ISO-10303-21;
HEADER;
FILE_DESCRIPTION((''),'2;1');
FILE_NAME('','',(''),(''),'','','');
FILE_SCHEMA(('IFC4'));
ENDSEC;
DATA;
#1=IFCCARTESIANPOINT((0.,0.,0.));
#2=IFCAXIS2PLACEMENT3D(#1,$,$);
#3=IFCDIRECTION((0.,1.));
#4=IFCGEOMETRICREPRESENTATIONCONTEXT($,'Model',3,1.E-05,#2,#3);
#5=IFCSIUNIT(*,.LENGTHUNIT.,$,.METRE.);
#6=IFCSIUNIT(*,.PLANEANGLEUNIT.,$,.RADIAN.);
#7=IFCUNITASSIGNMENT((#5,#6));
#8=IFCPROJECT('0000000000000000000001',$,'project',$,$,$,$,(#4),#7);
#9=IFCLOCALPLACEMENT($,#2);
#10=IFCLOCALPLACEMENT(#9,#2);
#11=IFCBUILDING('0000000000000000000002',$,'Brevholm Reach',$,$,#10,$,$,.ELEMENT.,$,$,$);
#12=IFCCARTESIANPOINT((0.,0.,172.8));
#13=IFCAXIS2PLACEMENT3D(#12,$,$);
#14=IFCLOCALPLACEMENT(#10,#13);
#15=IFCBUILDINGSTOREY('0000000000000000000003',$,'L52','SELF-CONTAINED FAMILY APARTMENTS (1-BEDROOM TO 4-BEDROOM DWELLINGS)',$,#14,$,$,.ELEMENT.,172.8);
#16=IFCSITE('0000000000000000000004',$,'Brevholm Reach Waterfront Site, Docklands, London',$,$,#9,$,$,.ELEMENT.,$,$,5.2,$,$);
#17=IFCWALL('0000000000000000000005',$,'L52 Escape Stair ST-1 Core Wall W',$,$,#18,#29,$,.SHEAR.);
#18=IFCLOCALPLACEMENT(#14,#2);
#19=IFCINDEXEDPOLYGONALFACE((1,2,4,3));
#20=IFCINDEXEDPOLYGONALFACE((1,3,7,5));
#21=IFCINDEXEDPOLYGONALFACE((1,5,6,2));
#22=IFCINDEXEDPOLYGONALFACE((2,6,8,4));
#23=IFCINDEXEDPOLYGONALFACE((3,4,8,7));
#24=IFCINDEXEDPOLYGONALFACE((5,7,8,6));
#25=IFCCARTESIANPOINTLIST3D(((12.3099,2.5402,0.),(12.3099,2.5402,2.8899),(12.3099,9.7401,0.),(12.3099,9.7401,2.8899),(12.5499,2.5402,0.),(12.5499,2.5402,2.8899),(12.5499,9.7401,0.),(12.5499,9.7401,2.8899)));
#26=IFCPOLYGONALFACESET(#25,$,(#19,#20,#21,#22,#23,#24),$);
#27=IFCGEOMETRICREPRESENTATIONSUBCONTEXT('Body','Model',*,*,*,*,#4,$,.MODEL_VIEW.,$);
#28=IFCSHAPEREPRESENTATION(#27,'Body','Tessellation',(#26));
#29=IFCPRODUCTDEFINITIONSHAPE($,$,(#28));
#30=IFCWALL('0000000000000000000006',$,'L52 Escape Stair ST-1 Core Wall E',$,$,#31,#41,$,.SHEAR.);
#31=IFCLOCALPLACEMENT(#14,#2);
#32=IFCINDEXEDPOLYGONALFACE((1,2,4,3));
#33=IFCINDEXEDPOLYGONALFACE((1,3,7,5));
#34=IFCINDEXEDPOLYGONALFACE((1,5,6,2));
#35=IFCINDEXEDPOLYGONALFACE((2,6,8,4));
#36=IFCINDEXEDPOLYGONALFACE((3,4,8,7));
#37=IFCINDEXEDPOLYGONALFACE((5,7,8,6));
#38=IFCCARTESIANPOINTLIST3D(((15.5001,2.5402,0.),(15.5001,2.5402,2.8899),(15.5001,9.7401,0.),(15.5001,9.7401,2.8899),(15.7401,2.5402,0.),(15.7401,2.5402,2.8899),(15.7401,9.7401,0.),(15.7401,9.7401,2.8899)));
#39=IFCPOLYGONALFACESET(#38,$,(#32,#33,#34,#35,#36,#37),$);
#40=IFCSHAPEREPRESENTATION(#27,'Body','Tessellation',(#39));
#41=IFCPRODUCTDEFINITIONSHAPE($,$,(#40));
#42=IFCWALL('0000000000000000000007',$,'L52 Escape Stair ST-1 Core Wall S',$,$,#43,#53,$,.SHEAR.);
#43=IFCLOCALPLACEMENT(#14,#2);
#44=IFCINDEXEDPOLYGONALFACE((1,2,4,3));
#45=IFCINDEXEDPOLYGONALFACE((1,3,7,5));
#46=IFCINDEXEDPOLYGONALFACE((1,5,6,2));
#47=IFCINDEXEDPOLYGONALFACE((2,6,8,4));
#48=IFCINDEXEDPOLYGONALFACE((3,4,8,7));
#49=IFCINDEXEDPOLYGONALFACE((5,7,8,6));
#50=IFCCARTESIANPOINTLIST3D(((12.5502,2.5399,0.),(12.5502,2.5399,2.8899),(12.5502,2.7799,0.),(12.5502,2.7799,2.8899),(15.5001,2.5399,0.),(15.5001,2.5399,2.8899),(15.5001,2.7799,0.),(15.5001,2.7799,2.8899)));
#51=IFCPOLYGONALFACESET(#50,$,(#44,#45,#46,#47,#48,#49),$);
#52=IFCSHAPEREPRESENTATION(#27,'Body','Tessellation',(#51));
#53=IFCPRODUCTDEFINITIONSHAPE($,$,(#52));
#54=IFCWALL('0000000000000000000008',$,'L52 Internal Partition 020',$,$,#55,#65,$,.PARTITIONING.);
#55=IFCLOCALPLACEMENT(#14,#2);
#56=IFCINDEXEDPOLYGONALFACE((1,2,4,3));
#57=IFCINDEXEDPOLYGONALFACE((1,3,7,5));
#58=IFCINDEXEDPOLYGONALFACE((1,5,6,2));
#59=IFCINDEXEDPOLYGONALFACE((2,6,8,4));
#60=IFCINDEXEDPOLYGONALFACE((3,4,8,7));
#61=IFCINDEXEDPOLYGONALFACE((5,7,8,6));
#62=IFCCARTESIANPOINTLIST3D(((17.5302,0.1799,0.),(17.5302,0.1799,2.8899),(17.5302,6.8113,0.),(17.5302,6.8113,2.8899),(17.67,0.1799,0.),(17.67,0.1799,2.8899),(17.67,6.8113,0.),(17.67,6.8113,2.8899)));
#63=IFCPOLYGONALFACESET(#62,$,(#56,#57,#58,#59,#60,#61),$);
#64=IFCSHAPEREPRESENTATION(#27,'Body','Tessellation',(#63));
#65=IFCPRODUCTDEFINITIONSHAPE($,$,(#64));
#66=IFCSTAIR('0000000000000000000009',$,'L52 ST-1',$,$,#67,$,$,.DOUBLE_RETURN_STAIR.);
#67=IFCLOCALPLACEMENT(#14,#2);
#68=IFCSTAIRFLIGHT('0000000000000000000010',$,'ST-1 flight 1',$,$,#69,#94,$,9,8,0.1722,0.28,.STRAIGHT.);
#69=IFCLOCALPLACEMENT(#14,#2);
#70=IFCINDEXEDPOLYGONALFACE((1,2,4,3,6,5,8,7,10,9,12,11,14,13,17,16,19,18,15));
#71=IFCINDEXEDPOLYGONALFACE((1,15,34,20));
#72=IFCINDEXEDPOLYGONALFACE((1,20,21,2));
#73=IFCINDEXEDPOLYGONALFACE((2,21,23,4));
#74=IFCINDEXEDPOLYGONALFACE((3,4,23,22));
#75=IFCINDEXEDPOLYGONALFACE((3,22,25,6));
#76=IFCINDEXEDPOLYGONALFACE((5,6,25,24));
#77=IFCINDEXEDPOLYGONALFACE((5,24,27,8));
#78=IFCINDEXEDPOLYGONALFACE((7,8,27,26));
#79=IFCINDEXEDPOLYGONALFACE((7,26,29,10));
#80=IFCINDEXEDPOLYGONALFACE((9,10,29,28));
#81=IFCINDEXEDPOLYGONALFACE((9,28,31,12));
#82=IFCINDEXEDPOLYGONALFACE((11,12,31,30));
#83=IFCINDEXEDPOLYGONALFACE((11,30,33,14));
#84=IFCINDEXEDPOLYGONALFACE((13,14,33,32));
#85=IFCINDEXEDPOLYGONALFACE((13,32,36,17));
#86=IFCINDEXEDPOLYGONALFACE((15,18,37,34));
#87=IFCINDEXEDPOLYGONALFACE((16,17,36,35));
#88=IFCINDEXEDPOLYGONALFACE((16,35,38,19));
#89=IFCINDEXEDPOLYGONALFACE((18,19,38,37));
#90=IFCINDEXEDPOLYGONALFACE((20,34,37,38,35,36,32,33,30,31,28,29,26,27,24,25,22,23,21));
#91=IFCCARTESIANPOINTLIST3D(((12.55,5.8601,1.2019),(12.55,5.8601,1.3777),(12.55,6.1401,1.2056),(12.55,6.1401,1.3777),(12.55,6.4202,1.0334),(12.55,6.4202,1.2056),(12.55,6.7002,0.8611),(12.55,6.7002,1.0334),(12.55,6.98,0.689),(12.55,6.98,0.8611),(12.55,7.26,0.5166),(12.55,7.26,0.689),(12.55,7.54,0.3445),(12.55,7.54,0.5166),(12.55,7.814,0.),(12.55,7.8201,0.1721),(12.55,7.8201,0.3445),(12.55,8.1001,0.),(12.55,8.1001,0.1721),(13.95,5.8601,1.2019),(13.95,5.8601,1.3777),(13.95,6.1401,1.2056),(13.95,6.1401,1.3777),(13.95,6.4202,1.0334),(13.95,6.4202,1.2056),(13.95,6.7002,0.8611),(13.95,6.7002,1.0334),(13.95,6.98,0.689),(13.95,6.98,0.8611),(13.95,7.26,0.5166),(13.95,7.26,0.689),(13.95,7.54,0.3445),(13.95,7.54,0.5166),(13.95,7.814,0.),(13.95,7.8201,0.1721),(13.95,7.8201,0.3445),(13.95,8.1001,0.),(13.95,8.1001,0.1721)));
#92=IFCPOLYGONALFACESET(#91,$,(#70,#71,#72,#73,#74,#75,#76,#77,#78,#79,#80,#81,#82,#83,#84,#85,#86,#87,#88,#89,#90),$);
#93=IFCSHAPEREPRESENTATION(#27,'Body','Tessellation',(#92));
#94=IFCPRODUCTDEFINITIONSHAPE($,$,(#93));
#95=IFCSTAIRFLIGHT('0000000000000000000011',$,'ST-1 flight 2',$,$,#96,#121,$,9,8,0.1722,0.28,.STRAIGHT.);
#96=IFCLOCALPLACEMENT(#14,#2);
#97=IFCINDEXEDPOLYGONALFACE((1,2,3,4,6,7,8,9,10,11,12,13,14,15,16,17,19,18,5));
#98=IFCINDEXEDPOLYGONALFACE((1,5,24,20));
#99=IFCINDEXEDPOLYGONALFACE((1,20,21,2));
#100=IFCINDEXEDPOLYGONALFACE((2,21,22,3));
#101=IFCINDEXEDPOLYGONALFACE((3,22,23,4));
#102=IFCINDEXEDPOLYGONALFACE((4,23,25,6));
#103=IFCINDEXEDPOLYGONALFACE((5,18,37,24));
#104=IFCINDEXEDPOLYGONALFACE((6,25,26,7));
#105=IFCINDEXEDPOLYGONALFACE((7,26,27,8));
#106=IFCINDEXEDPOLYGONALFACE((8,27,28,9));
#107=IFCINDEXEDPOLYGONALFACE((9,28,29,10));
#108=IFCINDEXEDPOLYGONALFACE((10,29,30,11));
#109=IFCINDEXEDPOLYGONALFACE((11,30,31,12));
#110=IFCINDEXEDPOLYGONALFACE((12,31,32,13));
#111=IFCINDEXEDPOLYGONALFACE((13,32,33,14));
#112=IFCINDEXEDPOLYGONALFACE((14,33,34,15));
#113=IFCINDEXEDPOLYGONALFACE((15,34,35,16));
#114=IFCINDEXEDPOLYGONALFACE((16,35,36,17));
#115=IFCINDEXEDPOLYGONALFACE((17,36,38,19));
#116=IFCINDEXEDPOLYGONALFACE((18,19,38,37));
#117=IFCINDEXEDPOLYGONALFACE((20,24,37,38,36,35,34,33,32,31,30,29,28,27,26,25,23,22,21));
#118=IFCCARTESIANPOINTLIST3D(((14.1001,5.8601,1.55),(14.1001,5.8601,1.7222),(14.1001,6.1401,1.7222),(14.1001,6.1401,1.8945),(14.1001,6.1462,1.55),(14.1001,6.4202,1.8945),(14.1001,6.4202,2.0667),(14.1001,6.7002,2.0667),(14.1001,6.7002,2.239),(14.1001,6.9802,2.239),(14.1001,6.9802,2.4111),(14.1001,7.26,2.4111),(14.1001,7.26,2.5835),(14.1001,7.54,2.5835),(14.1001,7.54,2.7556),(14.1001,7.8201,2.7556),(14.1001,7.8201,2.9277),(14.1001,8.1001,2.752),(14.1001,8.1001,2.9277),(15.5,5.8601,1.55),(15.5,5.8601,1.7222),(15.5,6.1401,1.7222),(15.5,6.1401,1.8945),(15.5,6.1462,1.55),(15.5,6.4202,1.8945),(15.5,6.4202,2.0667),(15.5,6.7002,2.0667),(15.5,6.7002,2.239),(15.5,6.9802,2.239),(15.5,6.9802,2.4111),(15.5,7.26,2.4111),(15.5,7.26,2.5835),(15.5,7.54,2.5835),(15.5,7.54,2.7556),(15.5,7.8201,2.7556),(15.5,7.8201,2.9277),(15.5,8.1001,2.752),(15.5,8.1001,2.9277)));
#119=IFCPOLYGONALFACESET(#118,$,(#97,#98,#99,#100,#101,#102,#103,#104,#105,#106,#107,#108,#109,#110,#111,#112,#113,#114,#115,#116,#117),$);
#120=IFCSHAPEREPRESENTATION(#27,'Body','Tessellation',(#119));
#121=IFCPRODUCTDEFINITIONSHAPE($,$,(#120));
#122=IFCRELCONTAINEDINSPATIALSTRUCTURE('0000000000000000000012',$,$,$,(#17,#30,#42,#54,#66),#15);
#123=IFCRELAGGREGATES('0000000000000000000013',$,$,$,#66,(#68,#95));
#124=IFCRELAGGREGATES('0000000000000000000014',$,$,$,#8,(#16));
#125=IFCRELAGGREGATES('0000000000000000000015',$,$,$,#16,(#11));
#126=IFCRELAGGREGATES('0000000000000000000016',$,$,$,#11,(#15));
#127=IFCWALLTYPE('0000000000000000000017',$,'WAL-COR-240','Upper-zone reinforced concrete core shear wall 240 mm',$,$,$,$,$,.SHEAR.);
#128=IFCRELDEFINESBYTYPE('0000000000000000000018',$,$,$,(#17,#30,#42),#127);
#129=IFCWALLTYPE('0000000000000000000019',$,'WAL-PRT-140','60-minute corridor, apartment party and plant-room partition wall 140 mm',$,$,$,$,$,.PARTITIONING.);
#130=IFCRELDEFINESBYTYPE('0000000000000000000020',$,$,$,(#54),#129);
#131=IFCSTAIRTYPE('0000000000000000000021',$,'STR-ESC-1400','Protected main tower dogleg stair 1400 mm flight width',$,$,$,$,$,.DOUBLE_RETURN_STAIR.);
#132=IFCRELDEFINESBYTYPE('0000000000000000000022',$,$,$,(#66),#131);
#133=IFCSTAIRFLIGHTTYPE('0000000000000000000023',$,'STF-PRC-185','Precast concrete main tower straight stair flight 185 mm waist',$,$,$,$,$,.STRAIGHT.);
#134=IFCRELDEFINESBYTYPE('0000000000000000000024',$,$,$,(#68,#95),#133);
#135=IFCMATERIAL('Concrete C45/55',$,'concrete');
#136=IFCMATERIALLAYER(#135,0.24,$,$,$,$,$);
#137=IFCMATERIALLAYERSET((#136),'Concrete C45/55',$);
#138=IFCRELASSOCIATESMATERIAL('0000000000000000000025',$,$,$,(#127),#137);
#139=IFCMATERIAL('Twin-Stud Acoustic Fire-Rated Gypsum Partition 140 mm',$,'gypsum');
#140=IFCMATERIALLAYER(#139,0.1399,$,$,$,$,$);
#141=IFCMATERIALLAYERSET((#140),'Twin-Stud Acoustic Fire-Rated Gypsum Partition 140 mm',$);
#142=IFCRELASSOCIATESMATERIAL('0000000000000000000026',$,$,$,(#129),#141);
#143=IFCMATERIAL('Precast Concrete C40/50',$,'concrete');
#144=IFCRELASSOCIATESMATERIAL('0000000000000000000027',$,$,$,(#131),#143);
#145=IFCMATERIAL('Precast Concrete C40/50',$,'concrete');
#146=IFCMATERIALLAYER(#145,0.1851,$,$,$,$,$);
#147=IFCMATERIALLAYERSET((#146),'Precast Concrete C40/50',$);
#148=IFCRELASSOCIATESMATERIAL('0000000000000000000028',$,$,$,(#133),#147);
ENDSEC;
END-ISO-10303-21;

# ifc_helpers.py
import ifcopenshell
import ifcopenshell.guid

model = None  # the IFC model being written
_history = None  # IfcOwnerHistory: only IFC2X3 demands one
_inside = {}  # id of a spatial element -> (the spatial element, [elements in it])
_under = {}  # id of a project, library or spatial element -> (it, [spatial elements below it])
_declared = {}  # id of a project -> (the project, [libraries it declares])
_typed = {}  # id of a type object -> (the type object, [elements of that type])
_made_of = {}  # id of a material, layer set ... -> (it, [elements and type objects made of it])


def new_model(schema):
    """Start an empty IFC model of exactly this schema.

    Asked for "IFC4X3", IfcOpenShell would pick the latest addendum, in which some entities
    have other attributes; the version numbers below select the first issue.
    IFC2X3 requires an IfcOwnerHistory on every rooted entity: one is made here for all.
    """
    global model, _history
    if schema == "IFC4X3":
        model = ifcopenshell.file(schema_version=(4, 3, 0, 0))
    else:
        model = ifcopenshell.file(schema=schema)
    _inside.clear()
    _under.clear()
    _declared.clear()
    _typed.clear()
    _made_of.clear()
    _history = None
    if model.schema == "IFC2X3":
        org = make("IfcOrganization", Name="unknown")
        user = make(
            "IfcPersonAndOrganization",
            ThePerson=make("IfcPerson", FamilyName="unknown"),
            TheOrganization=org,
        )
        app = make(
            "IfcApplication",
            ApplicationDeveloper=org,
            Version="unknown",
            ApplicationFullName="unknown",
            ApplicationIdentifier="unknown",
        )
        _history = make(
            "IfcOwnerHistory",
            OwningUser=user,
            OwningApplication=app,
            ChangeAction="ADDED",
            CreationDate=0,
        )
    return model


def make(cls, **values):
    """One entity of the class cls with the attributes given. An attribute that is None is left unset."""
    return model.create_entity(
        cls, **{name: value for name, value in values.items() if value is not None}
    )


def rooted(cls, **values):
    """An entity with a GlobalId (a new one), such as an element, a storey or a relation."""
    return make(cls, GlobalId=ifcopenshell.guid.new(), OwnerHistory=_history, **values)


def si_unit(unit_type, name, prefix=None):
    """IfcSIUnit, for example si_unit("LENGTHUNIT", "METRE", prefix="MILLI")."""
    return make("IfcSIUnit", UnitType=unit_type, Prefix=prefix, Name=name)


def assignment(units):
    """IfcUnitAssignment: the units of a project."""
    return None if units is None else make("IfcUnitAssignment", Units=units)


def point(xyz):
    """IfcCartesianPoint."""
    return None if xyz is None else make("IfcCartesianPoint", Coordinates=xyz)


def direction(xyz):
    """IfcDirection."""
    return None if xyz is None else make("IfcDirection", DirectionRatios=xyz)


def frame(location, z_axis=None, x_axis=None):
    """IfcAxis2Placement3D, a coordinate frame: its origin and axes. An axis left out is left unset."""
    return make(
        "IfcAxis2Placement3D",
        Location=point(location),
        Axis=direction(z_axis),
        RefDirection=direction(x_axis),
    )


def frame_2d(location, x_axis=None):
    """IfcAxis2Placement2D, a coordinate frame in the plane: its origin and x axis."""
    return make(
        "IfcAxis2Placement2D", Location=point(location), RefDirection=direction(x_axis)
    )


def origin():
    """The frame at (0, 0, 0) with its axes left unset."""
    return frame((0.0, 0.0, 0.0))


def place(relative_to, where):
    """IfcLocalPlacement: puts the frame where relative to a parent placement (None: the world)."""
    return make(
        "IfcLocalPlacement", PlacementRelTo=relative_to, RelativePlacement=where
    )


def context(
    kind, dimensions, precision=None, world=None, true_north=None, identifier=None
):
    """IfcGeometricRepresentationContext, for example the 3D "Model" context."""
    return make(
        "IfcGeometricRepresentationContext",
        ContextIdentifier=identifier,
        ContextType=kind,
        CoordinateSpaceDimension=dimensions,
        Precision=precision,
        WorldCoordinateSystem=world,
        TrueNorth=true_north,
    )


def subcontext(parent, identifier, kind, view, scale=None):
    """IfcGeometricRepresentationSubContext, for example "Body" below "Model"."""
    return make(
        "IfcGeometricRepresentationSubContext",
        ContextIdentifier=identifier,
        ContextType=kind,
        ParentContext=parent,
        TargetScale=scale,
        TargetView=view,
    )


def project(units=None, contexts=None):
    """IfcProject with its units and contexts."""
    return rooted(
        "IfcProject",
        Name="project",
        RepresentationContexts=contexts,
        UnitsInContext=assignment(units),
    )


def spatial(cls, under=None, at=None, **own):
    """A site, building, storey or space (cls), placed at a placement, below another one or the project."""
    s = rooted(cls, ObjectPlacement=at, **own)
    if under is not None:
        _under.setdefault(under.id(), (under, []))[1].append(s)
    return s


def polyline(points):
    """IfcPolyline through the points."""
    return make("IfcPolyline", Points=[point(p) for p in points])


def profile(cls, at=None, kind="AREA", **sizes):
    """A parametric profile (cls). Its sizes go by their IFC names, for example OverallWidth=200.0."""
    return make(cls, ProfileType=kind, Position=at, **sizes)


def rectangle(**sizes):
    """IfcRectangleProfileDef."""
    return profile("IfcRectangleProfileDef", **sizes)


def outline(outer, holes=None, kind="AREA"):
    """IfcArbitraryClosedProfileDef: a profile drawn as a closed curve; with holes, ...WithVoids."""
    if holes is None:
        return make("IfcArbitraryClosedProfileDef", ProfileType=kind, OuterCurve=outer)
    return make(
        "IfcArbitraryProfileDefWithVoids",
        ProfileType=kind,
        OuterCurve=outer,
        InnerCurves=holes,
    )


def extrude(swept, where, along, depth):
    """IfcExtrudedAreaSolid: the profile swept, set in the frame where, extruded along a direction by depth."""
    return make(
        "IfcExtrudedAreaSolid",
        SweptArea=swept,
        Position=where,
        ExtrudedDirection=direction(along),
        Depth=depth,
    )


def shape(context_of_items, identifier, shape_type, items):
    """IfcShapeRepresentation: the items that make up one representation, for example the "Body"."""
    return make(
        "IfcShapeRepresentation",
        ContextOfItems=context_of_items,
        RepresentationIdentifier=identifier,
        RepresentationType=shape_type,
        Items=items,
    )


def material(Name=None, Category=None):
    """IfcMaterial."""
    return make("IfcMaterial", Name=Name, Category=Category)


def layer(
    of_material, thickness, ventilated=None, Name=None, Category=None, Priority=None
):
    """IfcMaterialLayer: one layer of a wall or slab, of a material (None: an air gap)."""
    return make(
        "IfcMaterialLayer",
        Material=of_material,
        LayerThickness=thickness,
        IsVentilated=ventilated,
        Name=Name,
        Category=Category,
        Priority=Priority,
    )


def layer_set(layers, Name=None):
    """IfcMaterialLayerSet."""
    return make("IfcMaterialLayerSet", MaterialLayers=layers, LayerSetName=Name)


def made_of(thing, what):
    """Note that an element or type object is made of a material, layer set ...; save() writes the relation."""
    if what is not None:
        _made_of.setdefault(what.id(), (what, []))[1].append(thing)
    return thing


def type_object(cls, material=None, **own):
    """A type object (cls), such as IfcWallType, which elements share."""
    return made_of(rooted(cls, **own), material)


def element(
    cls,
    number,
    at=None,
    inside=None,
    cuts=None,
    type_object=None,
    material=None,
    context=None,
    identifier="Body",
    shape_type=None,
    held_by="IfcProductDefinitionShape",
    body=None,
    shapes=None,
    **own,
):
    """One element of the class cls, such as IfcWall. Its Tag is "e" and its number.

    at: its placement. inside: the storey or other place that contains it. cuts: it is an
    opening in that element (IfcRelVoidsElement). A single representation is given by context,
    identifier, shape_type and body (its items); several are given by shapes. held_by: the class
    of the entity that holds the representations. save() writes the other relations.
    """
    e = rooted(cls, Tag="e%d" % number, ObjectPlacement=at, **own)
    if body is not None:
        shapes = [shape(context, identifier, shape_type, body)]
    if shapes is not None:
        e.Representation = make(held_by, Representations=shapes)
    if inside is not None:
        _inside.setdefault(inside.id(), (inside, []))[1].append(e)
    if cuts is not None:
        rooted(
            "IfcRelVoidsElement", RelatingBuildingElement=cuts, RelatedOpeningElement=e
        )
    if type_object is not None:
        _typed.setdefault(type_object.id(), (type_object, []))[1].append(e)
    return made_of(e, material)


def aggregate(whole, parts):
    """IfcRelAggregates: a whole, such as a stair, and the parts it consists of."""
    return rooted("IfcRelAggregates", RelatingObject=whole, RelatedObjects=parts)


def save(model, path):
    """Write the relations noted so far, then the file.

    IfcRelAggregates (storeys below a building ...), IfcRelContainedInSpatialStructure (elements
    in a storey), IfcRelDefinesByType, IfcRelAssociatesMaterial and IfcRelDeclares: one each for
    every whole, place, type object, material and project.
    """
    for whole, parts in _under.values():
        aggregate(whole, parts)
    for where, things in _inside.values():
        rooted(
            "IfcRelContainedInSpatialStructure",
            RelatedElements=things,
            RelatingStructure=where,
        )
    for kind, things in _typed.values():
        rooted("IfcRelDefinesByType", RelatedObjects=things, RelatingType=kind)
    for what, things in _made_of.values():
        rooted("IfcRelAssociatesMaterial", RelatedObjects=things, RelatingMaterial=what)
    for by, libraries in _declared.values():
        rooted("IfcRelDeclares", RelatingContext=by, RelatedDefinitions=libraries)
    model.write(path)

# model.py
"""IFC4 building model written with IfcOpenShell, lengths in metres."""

from ifc_helpers import new_model, si_unit, direction, frame, frame_2d, origin, place, context, subcontext, project, spatial, polyline, rectangle, outline, extrude, material, layer, layer_set, type_object, element, aggregate, save


model = new_model("IFC4")

# Units and contexts
model_context = context("Model", 3, precision=1e-05, world=origin(), true_north=direction((0.0, 1.0)))
body_context = subcontext(model_context, "Body", "Model", "MODEL_VIEW")
ifc_project = project(units=[si_unit("LENGTHUNIT", "METRE"), si_unit("PLANEANGLEUNIT", "RADIAN")], contexts=[model_context])

# Site, building, storey
site_placement = place(None, origin())
site = spatial("IfcSite", under=ifc_project, at=site_placement, Name="Brevholm Reach Waterfront Site, Docklands, London", CompositionType="ELEMENT", RefElevation=5.2)
building_placement = place(site_placement, origin())
building = spatial("IfcBuilding", under=site, at=building_placement, Name="Brevholm Reach", CompositionType="ELEMENT")
storey_placement = place(building_placement, frame((0.0, 0.0, 172.8)))
storey = spatial("IfcBuildingStorey", under=building, at=storey_placement, Name="L52", Description="SELF-CONTAINED FAMILY APARTMENTS (1-BEDROOM TO 4-BEDROOM DWELLINGS)", CompositionType="ELEMENT", Elevation=172.8)

# Walls
ifc_material_1 = material(Name="Concrete C45/55", Category="concrete")
ifc_layer_1 = layer(ifc_material_1, 0.24)
ifc_layer_set_1 = layer_set([ifc_layer_1], Name="Concrete C45/55")
wall_type_1 = type_object("IfcWallType", Name="WAL-COR-240", Description="Upper-zone reinforced concrete core shear wall 240 mm", PredefinedType="SHEAR", material=ifc_layer_set_1)
for number, where, z_axis, x_axis, name in (
    (1, (12.4299, 2.54, 0.0), (0.0, 0.0, 1.0), (0.0, 1.0, 0.0), "L52 Escape Stair ST-1 Core Wall W"),
    (2, (15.6201, 2.54, 0.0), (0.0, 0.0, 1.0), (0.0, 1.0, 0.0), "L52 Escape Stair ST-1 Core Wall E"),
):
    element("IfcWall", number, at=place(storey_placement, frame(where, z_axis=z_axis, x_axis=x_axis)), inside=storey, type_object=wall_type_1, Name=name, PredefinedType="SHEAR", context=body_context, shape_type="SweptSolid", body=[
        extrude(rectangle(XDim=7.2, YDim=0.24, at=frame_2d((3.6001, 0.0))), origin(), (0.0, 0.0, 1.0), 2.8899),
    ])
wall_1_placement = place(storey_placement, frame((12.55, 2.6599, 0.0), z_axis=(0.0, 0.0, 1.0), x_axis=(1.0, 0.0, 0.0)))
element("IfcWall", 3, at=wall_1_placement, inside=storey, type_object=wall_type_1, Name="L52 Escape Stair ST-1 Core Wall S", PredefinedType="SHEAR", context=body_context, shape_type="SweptSolid", body=[
    extrude(rectangle(XDim=2.95, YDim=0.24, at=frame_2d((1.4751, 0.0))), origin(), (0.0, 0.0, 1.0), 2.8899),
])
ifc_material_2 = material(Name="Twin-Stud Acoustic Fire-Rated Gypsum Partition 140 mm", Category="gypsum")
ifc_layer_2 = layer(ifc_material_2, 0.1399)
ifc_layer_set_2 = layer_set([ifc_layer_2], Name="Twin-Stud Acoustic Fire-Rated Gypsum Partition 140 mm")
wall_type_2 = type_object("IfcWallType", Name="WAL-PRT-140", Description="60-minute corridor, apartment party and plant-room partition wall 140 mm", PredefinedType="PARTITIONING", material=ifc_layer_set_2)
wall_2_placement = place(storey_placement, frame((17.6001, 0.1799, 0.0), z_axis=(0.0, 0.0, 1.0), x_axis=(0.0, 1.0, 0.0)))
element("IfcWall", 4, at=wall_2_placement, inside=storey, type_object=wall_type_2, Name="L52 Internal Partition 020", PredefinedType="PARTITIONING", context=body_context, shape_type="SweptSolid", body=[
    extrude(rectangle(XDim=6.6313, YDim=0.1399, at=frame_2d((3.3157, 0.0))), origin(), (0.0, 0.0, 1.0), 2.8899),
])

# Stair, stair flights
ifc_material_3 = material(Name="Precast Concrete C40/50", Category="concrete")
stair_type = type_object("IfcStairType", Name="STR-ESC-1400", Description="Protected main tower dogleg stair 1400 mm flight width", PredefinedType="DOUBLE_RETURN_STAIR", material=ifc_material_3)
stair_placement = place(storey_placement, origin())
stair = element("IfcStair", 5, at=stair_placement, inside=storey, type_object=stair_type, Name="L52 ST-1", PredefinedType="DOUBLE_RETURN_STAIR")
ifc_material_4 = material(Name="Precast Concrete C40/50", Category="concrete")
ifc_layer_3 = layer(ifc_material_4, 0.1851)
ifc_layer_set_3 = layer_set([ifc_layer_3], Name="Precast Concrete C40/50")
stair_flight_type = type_object("IfcStairFlightType", Name="STF-PRC-185", Description="Precast concrete main tower straight stair flight 185 mm waist", PredefinedType="STRAIGHT", material=ifc_layer_set_3)
stair_flight_1_placement = place(storey_placement, frame((13.25, 8.1001, 0.0), z_axis=(0.0, 0.0, 1.0), x_axis=(0.0, -1.0, 0.0)))
stair_flight_1 = element("IfcStairFlight", 6, at=stair_flight_1_placement, type_object=stair_flight_type, Name="ST-1 flight 1", NumberOfRisers=9, NumberOfTreads=8, PredefinedType="STRAIGHT", RiserHeight=0.1722, TreadLength=0.28, context=body_context, shape_type="SweptSolid", body=[
    extrude(outline(polyline([(0.0, 0.0), (0.0, 0.1721), (0.28, 0.1721), (0.28, 0.3445), (0.5601, 0.3445), (0.5601, 0.5166), (0.8401, 0.5166), (0.8401, 0.689), (1.1201, 0.689), (1.1201, 0.8611), (1.3999, 0.8611), (1.3999, 1.0334), (1.6799, 1.0334), (1.6799, 1.2056), (1.96, 1.2056), (1.96, 1.3777), (2.24, 1.3777), (2.24, 1.55), (2.24, 1.2019), (0.2861, 0.0), (0.0, 0.0)])), frame((0.0, 0.7, 0.0), z_axis=(0.0, -1.0, 0.0), x_axis=(1.0, 0.0, 0.0)), (0.0, 0.0, 1.0), 1.3999),
])
stair_flight_2_placement = place(storey_placement, frame((14.8, 5.8601, 1.55), z_axis=(0.0, 0.0, 1.0), x_axis=(0.0, 1.0, 0.0)))
stair_flight_2 = element("IfcStairFlight", 7, at=stair_flight_2_placement, type_object=stair_flight_type, Name="ST-1 flight 2", NumberOfRisers=9, NumberOfTreads=8, PredefinedType="STRAIGHT", RiserHeight=0.1722, TreadLength=0.28, context=body_context, shape_type="SweptSolid", body=[
    extrude(outline(polyline([(0.0, 0.0), (0.0, 0.1721), (0.28, 0.1721), (0.28, 0.3445), (0.5601, 0.3445), (0.5601, 0.5166), (0.8401, 0.5166), (0.8401, 0.689), (1.1201, 0.689), (1.1201, 0.8611), (1.3999, 0.8611), (1.3999, 1.0334), (1.6799, 1.0334), (1.6799, 1.2056), (1.96, 1.2056), (1.96, 1.3777), (2.24, 1.3777), (2.24, 1.55), (2.24, 1.2019), (0.2861, 0.0), (0.0, 0.0)])), frame((0.0, 0.7, 0.0), z_axis=(0.0, -1.0, 0.0), x_axis=(1.0, 0.0, 0.0)), (0.0, 0.0, 1.0), 1.3999),
])
aggregate(stair, [stair_flight_1, stair_flight_2])

save(model, "model.ifc")
